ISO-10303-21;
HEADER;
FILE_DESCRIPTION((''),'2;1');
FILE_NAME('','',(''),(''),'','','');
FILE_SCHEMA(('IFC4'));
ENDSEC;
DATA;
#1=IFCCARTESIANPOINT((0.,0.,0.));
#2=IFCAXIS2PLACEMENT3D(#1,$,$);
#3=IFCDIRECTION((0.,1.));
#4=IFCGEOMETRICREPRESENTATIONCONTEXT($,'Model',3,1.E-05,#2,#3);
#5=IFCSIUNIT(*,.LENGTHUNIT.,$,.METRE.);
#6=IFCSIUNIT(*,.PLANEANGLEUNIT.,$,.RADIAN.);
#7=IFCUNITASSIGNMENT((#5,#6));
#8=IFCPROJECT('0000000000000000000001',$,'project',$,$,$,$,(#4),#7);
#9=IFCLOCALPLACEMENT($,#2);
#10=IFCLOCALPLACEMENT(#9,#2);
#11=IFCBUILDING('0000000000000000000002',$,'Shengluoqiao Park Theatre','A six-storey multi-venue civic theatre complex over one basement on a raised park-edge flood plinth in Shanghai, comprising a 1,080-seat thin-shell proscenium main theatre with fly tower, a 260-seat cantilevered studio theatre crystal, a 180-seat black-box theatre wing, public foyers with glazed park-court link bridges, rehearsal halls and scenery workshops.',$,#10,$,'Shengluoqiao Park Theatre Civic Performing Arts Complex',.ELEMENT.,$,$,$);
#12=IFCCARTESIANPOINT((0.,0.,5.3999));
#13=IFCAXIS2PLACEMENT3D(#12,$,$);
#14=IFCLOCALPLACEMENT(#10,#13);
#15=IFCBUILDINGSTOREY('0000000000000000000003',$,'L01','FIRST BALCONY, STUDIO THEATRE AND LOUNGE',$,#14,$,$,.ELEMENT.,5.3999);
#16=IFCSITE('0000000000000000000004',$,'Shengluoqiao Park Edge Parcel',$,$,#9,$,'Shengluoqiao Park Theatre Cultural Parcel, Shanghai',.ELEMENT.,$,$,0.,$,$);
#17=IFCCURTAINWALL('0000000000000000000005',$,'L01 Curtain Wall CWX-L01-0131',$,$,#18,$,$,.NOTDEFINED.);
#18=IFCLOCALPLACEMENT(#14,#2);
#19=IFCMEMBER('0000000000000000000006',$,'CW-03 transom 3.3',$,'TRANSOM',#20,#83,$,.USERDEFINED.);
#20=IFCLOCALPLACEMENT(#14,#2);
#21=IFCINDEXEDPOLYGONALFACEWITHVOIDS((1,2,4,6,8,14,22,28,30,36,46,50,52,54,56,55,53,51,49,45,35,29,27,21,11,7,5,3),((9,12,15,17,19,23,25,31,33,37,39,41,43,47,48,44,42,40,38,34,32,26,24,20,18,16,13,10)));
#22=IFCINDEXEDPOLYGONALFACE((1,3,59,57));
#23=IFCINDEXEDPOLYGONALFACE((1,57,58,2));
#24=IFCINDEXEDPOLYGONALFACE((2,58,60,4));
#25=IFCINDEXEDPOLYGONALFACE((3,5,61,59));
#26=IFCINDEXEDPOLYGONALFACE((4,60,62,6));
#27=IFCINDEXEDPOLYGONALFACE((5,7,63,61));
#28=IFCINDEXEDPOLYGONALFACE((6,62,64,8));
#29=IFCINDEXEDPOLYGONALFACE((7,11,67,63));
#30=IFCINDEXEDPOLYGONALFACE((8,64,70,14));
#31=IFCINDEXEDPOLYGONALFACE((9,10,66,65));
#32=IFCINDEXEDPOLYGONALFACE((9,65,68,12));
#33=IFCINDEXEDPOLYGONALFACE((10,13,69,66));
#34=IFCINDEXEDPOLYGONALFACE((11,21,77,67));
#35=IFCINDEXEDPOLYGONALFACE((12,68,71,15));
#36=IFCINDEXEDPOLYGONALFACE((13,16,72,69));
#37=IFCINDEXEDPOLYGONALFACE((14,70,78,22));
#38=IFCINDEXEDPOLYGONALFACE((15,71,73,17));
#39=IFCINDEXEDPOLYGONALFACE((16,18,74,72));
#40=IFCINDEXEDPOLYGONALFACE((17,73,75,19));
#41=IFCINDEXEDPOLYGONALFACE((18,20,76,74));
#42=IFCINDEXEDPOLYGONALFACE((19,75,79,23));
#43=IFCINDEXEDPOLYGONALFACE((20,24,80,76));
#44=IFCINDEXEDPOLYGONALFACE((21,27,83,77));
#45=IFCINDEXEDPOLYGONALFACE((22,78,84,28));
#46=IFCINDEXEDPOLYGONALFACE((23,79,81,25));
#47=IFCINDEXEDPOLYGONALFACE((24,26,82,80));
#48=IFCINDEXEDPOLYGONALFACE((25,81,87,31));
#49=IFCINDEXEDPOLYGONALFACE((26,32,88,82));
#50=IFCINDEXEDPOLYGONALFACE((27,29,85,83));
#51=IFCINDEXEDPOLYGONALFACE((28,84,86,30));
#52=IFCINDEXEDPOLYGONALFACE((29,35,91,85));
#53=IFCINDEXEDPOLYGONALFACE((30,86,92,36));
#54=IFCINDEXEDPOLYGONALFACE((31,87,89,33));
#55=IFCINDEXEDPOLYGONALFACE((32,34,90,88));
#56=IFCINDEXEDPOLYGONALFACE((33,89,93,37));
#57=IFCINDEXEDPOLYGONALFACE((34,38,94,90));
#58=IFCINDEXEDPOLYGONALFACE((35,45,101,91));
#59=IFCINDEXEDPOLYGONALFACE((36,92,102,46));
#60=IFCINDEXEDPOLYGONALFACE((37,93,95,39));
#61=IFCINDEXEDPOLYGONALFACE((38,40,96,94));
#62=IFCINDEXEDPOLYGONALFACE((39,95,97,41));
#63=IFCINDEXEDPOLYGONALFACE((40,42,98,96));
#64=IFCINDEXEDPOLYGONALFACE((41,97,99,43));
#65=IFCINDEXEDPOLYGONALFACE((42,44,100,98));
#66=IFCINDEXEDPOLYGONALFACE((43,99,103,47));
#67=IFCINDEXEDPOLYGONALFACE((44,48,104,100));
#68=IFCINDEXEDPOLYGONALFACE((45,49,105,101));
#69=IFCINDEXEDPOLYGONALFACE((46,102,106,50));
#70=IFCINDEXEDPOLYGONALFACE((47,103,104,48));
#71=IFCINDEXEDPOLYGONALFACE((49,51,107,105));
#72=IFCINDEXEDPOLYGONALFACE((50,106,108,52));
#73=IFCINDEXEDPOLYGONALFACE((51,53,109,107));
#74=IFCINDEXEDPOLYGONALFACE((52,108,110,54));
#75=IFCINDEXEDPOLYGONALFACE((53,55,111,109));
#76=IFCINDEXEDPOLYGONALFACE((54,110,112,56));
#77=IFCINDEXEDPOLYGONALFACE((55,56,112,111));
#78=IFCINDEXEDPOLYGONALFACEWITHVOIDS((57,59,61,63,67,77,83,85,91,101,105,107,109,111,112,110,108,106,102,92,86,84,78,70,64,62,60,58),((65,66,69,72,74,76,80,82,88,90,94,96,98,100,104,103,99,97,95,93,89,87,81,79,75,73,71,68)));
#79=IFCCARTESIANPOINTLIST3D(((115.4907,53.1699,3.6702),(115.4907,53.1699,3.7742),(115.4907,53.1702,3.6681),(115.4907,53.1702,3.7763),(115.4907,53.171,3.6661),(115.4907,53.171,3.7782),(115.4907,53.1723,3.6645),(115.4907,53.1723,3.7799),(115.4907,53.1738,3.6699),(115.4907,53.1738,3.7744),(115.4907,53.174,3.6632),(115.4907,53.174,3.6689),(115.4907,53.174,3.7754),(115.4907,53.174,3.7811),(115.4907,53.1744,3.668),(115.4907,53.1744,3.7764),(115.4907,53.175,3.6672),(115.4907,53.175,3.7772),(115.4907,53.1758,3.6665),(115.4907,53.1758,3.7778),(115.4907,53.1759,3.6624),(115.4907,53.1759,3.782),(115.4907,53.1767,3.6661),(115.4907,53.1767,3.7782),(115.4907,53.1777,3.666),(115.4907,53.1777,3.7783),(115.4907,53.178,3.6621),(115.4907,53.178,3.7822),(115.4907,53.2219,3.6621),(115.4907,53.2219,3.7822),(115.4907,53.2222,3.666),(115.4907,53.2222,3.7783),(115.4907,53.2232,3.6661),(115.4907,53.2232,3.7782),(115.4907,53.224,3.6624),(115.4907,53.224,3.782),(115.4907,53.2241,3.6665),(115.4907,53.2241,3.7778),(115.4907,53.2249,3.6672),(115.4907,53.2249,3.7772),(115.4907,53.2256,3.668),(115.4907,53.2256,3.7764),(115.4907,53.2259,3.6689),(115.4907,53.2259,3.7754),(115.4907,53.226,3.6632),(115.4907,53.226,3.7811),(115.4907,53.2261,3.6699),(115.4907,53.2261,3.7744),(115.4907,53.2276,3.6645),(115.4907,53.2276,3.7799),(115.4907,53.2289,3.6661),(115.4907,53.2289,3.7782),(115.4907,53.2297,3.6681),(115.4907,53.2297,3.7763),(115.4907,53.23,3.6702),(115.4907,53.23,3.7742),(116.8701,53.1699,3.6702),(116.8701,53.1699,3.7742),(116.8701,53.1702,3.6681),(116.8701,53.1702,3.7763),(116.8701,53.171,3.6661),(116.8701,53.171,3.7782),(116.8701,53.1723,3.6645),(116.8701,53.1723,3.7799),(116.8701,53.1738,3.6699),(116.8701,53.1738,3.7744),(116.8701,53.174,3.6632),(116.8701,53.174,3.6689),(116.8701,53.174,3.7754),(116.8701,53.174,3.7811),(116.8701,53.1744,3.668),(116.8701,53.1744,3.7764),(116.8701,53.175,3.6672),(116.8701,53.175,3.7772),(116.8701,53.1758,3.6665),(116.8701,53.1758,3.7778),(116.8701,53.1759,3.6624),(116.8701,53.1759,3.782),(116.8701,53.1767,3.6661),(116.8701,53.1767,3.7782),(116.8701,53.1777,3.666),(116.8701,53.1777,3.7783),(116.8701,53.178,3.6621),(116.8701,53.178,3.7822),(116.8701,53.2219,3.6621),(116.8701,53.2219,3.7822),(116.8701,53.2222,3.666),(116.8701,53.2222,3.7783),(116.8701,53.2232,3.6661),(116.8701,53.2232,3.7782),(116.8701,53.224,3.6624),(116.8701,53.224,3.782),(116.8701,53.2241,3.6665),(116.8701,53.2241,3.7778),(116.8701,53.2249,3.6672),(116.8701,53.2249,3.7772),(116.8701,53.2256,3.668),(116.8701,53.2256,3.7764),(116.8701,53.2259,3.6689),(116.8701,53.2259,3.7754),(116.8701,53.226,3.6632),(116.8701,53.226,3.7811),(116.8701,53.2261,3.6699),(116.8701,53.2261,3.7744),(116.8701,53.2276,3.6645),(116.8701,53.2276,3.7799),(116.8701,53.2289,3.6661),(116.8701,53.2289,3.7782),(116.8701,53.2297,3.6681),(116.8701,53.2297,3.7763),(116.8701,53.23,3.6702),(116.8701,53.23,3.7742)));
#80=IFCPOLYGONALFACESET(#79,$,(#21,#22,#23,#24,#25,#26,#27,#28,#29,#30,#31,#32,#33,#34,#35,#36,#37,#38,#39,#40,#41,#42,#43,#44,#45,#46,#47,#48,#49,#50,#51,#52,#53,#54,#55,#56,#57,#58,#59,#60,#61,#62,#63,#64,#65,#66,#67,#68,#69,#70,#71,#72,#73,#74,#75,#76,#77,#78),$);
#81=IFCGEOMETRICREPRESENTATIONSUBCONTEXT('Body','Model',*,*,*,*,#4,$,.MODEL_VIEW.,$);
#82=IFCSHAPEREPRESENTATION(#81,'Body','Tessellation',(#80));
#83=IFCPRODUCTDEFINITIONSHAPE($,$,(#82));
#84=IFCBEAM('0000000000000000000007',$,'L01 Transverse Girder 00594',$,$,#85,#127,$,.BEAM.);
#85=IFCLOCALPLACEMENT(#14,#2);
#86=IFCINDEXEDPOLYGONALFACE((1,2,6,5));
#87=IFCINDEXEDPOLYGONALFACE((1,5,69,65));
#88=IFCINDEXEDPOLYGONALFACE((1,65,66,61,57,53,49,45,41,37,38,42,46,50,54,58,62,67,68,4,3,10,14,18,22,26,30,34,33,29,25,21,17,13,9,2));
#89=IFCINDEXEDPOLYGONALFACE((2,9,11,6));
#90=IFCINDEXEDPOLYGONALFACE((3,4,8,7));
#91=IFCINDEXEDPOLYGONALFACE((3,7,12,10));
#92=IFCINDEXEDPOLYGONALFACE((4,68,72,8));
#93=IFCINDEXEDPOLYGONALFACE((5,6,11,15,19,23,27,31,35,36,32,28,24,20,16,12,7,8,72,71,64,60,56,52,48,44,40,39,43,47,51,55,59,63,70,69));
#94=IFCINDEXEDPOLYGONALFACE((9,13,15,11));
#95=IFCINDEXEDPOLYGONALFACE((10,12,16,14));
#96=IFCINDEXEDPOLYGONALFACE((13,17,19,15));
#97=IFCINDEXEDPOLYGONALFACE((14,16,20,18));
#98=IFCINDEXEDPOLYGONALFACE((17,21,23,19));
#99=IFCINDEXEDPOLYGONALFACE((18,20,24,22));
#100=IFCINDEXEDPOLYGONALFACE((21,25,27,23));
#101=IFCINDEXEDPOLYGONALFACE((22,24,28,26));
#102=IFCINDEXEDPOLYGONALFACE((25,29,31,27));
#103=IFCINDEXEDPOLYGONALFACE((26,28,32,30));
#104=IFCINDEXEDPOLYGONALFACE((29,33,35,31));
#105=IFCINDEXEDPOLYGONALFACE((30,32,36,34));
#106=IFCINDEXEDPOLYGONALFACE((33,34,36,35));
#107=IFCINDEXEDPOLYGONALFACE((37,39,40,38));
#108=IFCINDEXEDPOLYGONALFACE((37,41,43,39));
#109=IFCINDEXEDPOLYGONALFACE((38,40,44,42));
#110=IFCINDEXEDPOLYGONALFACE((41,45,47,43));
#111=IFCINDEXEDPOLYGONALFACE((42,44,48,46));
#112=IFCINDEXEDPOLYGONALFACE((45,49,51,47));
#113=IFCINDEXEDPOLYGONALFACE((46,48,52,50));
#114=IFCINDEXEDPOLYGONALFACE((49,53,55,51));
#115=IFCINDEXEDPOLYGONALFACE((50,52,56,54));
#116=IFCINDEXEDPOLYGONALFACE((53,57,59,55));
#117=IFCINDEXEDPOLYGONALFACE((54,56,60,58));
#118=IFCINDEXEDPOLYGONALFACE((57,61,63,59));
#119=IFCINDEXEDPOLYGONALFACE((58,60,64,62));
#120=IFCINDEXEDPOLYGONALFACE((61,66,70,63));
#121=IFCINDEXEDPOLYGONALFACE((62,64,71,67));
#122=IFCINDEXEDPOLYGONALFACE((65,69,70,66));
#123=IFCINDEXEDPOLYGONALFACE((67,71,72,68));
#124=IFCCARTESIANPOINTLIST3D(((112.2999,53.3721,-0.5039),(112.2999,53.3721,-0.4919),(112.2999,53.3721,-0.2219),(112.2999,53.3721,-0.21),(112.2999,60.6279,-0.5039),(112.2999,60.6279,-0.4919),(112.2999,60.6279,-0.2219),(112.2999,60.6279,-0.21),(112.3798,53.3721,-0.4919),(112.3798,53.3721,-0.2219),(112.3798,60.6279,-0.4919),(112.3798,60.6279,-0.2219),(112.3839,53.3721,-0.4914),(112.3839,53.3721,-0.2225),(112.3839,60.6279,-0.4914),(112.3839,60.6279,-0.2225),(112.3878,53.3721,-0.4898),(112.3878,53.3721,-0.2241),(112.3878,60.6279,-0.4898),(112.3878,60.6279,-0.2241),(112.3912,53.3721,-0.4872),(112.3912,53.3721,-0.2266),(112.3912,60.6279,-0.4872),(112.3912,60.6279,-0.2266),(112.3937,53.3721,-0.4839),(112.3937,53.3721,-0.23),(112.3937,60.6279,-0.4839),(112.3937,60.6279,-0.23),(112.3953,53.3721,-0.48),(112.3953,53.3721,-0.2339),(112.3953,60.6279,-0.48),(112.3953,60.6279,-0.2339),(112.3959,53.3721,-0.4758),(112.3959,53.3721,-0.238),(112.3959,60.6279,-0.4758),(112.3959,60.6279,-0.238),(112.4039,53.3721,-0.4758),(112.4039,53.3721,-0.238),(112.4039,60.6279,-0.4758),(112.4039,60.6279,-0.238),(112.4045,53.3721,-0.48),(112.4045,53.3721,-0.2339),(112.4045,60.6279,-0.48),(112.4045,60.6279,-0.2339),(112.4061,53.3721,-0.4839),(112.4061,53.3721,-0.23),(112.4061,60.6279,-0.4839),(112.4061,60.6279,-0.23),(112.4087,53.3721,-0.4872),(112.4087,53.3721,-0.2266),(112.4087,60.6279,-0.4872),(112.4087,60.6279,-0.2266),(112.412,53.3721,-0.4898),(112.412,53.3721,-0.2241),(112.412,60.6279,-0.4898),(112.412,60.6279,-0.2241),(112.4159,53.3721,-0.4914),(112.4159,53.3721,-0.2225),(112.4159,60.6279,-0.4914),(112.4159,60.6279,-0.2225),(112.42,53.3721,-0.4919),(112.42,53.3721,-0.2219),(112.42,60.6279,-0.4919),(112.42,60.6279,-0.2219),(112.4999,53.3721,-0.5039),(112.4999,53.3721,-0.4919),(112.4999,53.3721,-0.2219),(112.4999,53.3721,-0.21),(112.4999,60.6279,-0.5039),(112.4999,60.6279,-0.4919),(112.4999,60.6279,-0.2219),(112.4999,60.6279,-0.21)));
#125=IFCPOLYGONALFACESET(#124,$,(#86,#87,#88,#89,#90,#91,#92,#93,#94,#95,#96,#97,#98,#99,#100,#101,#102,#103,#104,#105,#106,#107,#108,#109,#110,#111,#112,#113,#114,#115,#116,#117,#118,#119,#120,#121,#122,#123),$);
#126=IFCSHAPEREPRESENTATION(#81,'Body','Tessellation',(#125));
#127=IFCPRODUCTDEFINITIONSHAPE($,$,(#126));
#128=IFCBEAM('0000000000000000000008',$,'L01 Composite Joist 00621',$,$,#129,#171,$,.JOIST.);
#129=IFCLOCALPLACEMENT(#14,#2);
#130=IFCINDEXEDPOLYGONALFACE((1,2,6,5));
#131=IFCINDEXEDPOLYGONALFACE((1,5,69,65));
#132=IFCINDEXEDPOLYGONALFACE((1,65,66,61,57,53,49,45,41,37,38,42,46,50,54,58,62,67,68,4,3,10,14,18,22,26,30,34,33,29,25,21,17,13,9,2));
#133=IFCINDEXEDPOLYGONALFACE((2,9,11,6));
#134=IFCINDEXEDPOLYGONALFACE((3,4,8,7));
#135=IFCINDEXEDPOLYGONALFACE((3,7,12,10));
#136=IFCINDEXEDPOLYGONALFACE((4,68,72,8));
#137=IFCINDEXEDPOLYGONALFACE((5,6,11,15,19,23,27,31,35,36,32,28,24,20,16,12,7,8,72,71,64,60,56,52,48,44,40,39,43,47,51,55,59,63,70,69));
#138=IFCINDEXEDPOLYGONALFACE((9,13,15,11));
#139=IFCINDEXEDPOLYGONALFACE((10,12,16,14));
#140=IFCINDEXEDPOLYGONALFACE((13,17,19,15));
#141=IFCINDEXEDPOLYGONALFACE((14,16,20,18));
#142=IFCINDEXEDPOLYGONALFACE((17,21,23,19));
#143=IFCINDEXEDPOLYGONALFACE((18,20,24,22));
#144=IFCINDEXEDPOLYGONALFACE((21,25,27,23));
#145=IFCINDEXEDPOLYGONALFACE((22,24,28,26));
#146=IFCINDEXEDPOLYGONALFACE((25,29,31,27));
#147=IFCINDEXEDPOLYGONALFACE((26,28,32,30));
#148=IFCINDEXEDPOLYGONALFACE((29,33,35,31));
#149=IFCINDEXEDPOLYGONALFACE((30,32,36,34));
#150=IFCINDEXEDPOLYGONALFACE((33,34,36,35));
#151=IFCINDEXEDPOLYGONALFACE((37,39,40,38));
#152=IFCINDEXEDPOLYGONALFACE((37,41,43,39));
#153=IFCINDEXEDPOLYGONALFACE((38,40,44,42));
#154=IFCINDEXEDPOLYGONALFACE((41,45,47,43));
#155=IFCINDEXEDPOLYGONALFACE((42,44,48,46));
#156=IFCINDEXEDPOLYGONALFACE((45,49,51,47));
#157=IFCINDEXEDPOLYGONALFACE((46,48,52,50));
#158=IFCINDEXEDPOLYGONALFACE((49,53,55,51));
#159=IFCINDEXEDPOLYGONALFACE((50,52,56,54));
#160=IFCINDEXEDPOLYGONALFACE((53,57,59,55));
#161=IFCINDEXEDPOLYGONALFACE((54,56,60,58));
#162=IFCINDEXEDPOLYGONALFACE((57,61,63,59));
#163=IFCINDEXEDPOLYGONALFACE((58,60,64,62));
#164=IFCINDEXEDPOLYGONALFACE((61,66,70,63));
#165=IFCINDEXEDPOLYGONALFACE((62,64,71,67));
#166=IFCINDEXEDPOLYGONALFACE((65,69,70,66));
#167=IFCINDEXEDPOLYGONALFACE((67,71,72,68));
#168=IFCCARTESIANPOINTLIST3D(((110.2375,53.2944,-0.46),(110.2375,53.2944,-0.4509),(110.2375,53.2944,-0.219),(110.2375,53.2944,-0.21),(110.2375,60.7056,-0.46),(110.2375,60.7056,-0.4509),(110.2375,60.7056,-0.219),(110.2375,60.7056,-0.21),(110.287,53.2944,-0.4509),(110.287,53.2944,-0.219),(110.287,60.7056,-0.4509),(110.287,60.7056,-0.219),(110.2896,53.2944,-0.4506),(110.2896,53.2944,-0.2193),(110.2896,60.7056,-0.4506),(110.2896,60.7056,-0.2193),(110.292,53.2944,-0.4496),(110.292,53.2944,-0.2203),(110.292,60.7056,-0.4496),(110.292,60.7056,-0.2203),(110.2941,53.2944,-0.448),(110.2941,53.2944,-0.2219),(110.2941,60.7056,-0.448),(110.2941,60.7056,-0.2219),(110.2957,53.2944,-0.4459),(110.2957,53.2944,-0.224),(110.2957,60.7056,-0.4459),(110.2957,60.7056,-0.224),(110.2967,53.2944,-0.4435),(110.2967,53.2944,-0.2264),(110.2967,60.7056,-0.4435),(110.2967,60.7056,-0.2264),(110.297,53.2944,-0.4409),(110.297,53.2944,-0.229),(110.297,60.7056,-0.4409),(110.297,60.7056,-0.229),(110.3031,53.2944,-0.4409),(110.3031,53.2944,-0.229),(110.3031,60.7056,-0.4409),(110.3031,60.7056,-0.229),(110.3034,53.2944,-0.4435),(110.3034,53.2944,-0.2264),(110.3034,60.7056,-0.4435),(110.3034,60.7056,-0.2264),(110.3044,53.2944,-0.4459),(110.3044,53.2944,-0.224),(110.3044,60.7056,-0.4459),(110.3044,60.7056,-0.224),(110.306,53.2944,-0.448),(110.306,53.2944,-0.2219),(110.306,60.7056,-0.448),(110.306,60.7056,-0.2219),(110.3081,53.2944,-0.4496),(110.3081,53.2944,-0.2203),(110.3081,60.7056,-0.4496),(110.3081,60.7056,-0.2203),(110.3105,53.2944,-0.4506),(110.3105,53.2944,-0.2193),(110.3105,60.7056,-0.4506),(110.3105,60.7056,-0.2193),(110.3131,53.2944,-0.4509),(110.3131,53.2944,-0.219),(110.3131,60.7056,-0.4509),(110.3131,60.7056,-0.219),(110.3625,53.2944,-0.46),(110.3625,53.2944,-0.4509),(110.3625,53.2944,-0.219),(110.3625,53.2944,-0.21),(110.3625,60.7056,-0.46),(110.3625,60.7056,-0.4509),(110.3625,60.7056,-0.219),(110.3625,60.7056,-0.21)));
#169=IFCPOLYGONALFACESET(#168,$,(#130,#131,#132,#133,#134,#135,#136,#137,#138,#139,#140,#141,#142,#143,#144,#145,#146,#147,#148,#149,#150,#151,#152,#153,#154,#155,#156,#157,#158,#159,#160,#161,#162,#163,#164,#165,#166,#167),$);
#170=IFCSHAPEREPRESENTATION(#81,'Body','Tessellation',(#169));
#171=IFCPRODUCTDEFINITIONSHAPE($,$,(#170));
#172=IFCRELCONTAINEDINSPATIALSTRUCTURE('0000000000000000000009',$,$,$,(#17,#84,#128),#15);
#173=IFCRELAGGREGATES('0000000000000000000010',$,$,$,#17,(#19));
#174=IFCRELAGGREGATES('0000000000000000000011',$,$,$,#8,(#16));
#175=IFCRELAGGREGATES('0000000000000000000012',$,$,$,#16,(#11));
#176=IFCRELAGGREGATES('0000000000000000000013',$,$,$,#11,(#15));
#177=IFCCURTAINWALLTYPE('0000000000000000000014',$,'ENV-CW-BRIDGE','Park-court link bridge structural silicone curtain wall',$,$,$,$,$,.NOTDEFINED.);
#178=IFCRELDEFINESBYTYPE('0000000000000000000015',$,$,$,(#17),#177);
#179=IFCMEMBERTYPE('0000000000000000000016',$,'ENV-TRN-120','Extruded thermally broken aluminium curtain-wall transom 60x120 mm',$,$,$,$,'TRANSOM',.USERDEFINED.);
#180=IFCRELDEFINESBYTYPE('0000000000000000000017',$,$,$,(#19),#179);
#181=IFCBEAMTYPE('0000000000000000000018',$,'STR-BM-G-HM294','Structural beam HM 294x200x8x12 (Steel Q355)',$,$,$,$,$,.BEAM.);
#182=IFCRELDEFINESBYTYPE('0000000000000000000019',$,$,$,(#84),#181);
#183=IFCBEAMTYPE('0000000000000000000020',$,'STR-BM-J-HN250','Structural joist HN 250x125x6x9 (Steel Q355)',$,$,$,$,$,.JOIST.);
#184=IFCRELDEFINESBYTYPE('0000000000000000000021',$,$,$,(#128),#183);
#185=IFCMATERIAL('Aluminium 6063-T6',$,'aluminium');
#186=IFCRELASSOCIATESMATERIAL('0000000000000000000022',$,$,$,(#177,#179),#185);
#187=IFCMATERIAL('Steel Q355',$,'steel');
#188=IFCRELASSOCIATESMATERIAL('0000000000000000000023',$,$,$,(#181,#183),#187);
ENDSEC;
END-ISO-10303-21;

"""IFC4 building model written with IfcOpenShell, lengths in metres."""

from ifc_helpers import new_model, si_unit, direction, frame, origin, origin_2d, place, context, subcontext, project, spatial, hollow_rectangle, i_section, extrude, material, material_profile, profile_set, type_object, element, aggregate, save


model = new_model("IFC4")

# Units and contexts
model_context = context("Model", 3, precision=1e-05, world=origin(), true_north=direction((0.0, 1.0)))
body_context = subcontext(model_context, "Body", "Model", "MODEL_VIEW")
ifc_project = project(units=[si_unit("LENGTHUNIT", "METRE"), si_unit("PLANEANGLEUNIT", "RADIAN")], contexts=[model_context])

# Site, building, storey
site_placement = place(None, origin())
site = spatial("IfcSite", under=ifc_project, at=site_placement, Name="Shengluoqiao Park Edge Parcel", LongName="Shengluoqiao Park Theatre Cultural Parcel, Shanghai", CompositionType="ELEMENT", RefElevation=0.0)
building_placement = place(site_placement, origin())
building = spatial("IfcBuilding", under=site, at=building_placement, Name="Shengluoqiao Park Theatre", Description="A six-storey multi-venue civic theatre complex over one basement on a raised park-edge flood plinth in Shanghai, comprising a 1,080-seat thin-shell proscenium main theatre with fly tower, a 260-seat cantilevered studio theatre crystal, a 180-seat black-box theatre wing, public foyers with glazed park-court link bridges, rehearsal halls and scenery workshops.", LongName="Shengluoqiao Park Theatre Civic Performing Arts Complex", CompositionType="ELEMENT")
storey_placement = place(building_placement, frame((0.0, 0.0, 5.3999)))
storey = spatial("IfcBuildingStorey", under=building, at=storey_placement, Name="L01", Description="FIRST BALCONY, STUDIO THEATRE AND LOUNGE", CompositionType="ELEMENT", Elevation=5.3999)

# Shared definitions
ifc_material_1 = material(Name="Steel Q355", Category="steel")

# Curtain wall
ifc_material_2 = material(Name="Aluminium 6063-T6", Category="aluminium")
curtain_wall_type = type_object("IfcCurtainWallType", Name="ENV-CW-BRIDGE", Description="Park-court link bridge structural silicone curtain wall", PredefinedType="NOTDEFINED", material=ifc_material_2)
curtain_wall_1_placement = place(storey_placement, origin())
curtain_wall_1 = element("IfcCurtainWall", 1, at=curtain_wall_1_placement, inside=storey, type_object=curtain_wall_type, Name="L01 Curtain Wall CWX-L01-0131", PredefinedType="NOTDEFINED")

# Member
ifc_material_profile_1 = material_profile(ifc_material_2, hollow_rectangle(XDim=0.0601, YDim=0.1201, WallThickness=0.0039, InnerFilletRadius=0.0039, OuterFilletRadius=0.0081, at=origin_2d()), Name="ALU TRANSOM 120x60x4")
ifc_profile_set_1 = profile_set([ifc_material_profile_1], Name="Aluminium 6063-T6")
member_type_1 = type_object("IfcMemberType", Name="ENV-TRN-120", Description="Extruded thermally broken aluminium curtain-wall transom 60x120 mm", ElementType="TRANSOM", PredefinedType="USERDEFINED", material=ifc_profile_set_1)
member_1_placement = place(storey_placement, frame((115.4907, 53.2, 3.7222), z_axis=(1.0, 0.0, 0.0), x_axis=(0.0, 1.0, 0.0)))
member_1 = element("IfcMember", 2, at=member_1_placement, type_object=member_type_1, Name="CW-03 transom 3.3", ObjectType="TRANSOM", PredefinedType="USERDEFINED", context=body_context, shape_type="SweptSolid", body=[
    extrude(hollow_rectangle(XDim=0.0601, YDim=0.1201, WallThickness=0.0039, InnerFilletRadius=0.0039, OuterFilletRadius=0.0081, at=origin_2d()), origin(), (0.0, 0.0, 1.0), 1.3794),
])

# Beams
ifc_material_profile_2 = material_profile(ifc_material_1, i_section(OverallWidth=0.2, OverallDepth=0.2939, WebThickness=0.0081, FlangeThickness=0.012, FilletRadius=0.0161, at=origin_2d()), Name="HM 294x200x8x12")
ifc_profile_set_2 = profile_set([ifc_material_profile_2], Name="Steel Q355")
beam_type_1 = type_object("IfcBeamType", Name="STR-BM-G-HM294", Description="Structural beam HM 294x200x8x12 (Steel Q355)", PredefinedType="BEAM", material=ifc_profile_set_2)
beam_1_placement = place(storey_placement, frame((112.3999, 53.3721, -0.3569), z_axis=(0.0, 1.0, 0.0), x_axis=(-1.0, 0.0, 0.0)))
element("IfcBeam", 3, at=beam_1_placement, inside=storey, type_object=beam_type_1, Name="L01 Transverse Girder 00594", PredefinedType="BEAM", context=body_context, shape_type="SweptSolid", body=[
    extrude(i_section(OverallWidth=0.2, OverallDepth=0.2939, WebThickness=0.0081, FlangeThickness=0.012, FilletRadius=0.0161, at=origin_2d()), origin(), (0.0, 0.0, 1.0), 7.2559),
])
ifc_material_profile_3 = material_profile(ifc_material_1, i_section(OverallWidth=0.125, OverallDepth=0.25, WebThickness=0.0061, FlangeThickness=0.009, FilletRadius=0.01, at=origin_2d()), Name="HN 250x125x6x9")
ifc_profile_set_3 = profile_set([ifc_material_profile_3], Name="Steel Q355")
beam_type_2 = type_object("IfcBeamType", Name="STR-BM-J-HN250", Description="Structural joist HN 250x125x6x9 (Steel Q355)", PredefinedType="JOIST", material=ifc_profile_set_3)
for number, where, z_axis, x_axis, name in (
    (4, (110.3, 53.2944, -0.335), (0.0, 1.0, 0.0), (-1.0, 0.0, 0.0), "L01 Composite Joist 00621"),
):
    element("IfcBeam", number, at=place(storey_placement, frame(where, z_axis=z_axis, x_axis=x_axis)), inside=storey, type_object=beam_type_2, Name=name, PredefinedType="JOIST", context=body_context, shape_type="SweptSolid", body=[
        extrude(i_section(OverallWidth=0.125, OverallDepth=0.25, WebThickness=0.0061, FlangeThickness=0.009, FilletRadius=0.01, at=origin_2d()), origin(), (0.0, 0.0, 1.0), 7.4111),
    ])

aggregate(curtain_wall_1, [member_1])

save(model, "model.ifc")
